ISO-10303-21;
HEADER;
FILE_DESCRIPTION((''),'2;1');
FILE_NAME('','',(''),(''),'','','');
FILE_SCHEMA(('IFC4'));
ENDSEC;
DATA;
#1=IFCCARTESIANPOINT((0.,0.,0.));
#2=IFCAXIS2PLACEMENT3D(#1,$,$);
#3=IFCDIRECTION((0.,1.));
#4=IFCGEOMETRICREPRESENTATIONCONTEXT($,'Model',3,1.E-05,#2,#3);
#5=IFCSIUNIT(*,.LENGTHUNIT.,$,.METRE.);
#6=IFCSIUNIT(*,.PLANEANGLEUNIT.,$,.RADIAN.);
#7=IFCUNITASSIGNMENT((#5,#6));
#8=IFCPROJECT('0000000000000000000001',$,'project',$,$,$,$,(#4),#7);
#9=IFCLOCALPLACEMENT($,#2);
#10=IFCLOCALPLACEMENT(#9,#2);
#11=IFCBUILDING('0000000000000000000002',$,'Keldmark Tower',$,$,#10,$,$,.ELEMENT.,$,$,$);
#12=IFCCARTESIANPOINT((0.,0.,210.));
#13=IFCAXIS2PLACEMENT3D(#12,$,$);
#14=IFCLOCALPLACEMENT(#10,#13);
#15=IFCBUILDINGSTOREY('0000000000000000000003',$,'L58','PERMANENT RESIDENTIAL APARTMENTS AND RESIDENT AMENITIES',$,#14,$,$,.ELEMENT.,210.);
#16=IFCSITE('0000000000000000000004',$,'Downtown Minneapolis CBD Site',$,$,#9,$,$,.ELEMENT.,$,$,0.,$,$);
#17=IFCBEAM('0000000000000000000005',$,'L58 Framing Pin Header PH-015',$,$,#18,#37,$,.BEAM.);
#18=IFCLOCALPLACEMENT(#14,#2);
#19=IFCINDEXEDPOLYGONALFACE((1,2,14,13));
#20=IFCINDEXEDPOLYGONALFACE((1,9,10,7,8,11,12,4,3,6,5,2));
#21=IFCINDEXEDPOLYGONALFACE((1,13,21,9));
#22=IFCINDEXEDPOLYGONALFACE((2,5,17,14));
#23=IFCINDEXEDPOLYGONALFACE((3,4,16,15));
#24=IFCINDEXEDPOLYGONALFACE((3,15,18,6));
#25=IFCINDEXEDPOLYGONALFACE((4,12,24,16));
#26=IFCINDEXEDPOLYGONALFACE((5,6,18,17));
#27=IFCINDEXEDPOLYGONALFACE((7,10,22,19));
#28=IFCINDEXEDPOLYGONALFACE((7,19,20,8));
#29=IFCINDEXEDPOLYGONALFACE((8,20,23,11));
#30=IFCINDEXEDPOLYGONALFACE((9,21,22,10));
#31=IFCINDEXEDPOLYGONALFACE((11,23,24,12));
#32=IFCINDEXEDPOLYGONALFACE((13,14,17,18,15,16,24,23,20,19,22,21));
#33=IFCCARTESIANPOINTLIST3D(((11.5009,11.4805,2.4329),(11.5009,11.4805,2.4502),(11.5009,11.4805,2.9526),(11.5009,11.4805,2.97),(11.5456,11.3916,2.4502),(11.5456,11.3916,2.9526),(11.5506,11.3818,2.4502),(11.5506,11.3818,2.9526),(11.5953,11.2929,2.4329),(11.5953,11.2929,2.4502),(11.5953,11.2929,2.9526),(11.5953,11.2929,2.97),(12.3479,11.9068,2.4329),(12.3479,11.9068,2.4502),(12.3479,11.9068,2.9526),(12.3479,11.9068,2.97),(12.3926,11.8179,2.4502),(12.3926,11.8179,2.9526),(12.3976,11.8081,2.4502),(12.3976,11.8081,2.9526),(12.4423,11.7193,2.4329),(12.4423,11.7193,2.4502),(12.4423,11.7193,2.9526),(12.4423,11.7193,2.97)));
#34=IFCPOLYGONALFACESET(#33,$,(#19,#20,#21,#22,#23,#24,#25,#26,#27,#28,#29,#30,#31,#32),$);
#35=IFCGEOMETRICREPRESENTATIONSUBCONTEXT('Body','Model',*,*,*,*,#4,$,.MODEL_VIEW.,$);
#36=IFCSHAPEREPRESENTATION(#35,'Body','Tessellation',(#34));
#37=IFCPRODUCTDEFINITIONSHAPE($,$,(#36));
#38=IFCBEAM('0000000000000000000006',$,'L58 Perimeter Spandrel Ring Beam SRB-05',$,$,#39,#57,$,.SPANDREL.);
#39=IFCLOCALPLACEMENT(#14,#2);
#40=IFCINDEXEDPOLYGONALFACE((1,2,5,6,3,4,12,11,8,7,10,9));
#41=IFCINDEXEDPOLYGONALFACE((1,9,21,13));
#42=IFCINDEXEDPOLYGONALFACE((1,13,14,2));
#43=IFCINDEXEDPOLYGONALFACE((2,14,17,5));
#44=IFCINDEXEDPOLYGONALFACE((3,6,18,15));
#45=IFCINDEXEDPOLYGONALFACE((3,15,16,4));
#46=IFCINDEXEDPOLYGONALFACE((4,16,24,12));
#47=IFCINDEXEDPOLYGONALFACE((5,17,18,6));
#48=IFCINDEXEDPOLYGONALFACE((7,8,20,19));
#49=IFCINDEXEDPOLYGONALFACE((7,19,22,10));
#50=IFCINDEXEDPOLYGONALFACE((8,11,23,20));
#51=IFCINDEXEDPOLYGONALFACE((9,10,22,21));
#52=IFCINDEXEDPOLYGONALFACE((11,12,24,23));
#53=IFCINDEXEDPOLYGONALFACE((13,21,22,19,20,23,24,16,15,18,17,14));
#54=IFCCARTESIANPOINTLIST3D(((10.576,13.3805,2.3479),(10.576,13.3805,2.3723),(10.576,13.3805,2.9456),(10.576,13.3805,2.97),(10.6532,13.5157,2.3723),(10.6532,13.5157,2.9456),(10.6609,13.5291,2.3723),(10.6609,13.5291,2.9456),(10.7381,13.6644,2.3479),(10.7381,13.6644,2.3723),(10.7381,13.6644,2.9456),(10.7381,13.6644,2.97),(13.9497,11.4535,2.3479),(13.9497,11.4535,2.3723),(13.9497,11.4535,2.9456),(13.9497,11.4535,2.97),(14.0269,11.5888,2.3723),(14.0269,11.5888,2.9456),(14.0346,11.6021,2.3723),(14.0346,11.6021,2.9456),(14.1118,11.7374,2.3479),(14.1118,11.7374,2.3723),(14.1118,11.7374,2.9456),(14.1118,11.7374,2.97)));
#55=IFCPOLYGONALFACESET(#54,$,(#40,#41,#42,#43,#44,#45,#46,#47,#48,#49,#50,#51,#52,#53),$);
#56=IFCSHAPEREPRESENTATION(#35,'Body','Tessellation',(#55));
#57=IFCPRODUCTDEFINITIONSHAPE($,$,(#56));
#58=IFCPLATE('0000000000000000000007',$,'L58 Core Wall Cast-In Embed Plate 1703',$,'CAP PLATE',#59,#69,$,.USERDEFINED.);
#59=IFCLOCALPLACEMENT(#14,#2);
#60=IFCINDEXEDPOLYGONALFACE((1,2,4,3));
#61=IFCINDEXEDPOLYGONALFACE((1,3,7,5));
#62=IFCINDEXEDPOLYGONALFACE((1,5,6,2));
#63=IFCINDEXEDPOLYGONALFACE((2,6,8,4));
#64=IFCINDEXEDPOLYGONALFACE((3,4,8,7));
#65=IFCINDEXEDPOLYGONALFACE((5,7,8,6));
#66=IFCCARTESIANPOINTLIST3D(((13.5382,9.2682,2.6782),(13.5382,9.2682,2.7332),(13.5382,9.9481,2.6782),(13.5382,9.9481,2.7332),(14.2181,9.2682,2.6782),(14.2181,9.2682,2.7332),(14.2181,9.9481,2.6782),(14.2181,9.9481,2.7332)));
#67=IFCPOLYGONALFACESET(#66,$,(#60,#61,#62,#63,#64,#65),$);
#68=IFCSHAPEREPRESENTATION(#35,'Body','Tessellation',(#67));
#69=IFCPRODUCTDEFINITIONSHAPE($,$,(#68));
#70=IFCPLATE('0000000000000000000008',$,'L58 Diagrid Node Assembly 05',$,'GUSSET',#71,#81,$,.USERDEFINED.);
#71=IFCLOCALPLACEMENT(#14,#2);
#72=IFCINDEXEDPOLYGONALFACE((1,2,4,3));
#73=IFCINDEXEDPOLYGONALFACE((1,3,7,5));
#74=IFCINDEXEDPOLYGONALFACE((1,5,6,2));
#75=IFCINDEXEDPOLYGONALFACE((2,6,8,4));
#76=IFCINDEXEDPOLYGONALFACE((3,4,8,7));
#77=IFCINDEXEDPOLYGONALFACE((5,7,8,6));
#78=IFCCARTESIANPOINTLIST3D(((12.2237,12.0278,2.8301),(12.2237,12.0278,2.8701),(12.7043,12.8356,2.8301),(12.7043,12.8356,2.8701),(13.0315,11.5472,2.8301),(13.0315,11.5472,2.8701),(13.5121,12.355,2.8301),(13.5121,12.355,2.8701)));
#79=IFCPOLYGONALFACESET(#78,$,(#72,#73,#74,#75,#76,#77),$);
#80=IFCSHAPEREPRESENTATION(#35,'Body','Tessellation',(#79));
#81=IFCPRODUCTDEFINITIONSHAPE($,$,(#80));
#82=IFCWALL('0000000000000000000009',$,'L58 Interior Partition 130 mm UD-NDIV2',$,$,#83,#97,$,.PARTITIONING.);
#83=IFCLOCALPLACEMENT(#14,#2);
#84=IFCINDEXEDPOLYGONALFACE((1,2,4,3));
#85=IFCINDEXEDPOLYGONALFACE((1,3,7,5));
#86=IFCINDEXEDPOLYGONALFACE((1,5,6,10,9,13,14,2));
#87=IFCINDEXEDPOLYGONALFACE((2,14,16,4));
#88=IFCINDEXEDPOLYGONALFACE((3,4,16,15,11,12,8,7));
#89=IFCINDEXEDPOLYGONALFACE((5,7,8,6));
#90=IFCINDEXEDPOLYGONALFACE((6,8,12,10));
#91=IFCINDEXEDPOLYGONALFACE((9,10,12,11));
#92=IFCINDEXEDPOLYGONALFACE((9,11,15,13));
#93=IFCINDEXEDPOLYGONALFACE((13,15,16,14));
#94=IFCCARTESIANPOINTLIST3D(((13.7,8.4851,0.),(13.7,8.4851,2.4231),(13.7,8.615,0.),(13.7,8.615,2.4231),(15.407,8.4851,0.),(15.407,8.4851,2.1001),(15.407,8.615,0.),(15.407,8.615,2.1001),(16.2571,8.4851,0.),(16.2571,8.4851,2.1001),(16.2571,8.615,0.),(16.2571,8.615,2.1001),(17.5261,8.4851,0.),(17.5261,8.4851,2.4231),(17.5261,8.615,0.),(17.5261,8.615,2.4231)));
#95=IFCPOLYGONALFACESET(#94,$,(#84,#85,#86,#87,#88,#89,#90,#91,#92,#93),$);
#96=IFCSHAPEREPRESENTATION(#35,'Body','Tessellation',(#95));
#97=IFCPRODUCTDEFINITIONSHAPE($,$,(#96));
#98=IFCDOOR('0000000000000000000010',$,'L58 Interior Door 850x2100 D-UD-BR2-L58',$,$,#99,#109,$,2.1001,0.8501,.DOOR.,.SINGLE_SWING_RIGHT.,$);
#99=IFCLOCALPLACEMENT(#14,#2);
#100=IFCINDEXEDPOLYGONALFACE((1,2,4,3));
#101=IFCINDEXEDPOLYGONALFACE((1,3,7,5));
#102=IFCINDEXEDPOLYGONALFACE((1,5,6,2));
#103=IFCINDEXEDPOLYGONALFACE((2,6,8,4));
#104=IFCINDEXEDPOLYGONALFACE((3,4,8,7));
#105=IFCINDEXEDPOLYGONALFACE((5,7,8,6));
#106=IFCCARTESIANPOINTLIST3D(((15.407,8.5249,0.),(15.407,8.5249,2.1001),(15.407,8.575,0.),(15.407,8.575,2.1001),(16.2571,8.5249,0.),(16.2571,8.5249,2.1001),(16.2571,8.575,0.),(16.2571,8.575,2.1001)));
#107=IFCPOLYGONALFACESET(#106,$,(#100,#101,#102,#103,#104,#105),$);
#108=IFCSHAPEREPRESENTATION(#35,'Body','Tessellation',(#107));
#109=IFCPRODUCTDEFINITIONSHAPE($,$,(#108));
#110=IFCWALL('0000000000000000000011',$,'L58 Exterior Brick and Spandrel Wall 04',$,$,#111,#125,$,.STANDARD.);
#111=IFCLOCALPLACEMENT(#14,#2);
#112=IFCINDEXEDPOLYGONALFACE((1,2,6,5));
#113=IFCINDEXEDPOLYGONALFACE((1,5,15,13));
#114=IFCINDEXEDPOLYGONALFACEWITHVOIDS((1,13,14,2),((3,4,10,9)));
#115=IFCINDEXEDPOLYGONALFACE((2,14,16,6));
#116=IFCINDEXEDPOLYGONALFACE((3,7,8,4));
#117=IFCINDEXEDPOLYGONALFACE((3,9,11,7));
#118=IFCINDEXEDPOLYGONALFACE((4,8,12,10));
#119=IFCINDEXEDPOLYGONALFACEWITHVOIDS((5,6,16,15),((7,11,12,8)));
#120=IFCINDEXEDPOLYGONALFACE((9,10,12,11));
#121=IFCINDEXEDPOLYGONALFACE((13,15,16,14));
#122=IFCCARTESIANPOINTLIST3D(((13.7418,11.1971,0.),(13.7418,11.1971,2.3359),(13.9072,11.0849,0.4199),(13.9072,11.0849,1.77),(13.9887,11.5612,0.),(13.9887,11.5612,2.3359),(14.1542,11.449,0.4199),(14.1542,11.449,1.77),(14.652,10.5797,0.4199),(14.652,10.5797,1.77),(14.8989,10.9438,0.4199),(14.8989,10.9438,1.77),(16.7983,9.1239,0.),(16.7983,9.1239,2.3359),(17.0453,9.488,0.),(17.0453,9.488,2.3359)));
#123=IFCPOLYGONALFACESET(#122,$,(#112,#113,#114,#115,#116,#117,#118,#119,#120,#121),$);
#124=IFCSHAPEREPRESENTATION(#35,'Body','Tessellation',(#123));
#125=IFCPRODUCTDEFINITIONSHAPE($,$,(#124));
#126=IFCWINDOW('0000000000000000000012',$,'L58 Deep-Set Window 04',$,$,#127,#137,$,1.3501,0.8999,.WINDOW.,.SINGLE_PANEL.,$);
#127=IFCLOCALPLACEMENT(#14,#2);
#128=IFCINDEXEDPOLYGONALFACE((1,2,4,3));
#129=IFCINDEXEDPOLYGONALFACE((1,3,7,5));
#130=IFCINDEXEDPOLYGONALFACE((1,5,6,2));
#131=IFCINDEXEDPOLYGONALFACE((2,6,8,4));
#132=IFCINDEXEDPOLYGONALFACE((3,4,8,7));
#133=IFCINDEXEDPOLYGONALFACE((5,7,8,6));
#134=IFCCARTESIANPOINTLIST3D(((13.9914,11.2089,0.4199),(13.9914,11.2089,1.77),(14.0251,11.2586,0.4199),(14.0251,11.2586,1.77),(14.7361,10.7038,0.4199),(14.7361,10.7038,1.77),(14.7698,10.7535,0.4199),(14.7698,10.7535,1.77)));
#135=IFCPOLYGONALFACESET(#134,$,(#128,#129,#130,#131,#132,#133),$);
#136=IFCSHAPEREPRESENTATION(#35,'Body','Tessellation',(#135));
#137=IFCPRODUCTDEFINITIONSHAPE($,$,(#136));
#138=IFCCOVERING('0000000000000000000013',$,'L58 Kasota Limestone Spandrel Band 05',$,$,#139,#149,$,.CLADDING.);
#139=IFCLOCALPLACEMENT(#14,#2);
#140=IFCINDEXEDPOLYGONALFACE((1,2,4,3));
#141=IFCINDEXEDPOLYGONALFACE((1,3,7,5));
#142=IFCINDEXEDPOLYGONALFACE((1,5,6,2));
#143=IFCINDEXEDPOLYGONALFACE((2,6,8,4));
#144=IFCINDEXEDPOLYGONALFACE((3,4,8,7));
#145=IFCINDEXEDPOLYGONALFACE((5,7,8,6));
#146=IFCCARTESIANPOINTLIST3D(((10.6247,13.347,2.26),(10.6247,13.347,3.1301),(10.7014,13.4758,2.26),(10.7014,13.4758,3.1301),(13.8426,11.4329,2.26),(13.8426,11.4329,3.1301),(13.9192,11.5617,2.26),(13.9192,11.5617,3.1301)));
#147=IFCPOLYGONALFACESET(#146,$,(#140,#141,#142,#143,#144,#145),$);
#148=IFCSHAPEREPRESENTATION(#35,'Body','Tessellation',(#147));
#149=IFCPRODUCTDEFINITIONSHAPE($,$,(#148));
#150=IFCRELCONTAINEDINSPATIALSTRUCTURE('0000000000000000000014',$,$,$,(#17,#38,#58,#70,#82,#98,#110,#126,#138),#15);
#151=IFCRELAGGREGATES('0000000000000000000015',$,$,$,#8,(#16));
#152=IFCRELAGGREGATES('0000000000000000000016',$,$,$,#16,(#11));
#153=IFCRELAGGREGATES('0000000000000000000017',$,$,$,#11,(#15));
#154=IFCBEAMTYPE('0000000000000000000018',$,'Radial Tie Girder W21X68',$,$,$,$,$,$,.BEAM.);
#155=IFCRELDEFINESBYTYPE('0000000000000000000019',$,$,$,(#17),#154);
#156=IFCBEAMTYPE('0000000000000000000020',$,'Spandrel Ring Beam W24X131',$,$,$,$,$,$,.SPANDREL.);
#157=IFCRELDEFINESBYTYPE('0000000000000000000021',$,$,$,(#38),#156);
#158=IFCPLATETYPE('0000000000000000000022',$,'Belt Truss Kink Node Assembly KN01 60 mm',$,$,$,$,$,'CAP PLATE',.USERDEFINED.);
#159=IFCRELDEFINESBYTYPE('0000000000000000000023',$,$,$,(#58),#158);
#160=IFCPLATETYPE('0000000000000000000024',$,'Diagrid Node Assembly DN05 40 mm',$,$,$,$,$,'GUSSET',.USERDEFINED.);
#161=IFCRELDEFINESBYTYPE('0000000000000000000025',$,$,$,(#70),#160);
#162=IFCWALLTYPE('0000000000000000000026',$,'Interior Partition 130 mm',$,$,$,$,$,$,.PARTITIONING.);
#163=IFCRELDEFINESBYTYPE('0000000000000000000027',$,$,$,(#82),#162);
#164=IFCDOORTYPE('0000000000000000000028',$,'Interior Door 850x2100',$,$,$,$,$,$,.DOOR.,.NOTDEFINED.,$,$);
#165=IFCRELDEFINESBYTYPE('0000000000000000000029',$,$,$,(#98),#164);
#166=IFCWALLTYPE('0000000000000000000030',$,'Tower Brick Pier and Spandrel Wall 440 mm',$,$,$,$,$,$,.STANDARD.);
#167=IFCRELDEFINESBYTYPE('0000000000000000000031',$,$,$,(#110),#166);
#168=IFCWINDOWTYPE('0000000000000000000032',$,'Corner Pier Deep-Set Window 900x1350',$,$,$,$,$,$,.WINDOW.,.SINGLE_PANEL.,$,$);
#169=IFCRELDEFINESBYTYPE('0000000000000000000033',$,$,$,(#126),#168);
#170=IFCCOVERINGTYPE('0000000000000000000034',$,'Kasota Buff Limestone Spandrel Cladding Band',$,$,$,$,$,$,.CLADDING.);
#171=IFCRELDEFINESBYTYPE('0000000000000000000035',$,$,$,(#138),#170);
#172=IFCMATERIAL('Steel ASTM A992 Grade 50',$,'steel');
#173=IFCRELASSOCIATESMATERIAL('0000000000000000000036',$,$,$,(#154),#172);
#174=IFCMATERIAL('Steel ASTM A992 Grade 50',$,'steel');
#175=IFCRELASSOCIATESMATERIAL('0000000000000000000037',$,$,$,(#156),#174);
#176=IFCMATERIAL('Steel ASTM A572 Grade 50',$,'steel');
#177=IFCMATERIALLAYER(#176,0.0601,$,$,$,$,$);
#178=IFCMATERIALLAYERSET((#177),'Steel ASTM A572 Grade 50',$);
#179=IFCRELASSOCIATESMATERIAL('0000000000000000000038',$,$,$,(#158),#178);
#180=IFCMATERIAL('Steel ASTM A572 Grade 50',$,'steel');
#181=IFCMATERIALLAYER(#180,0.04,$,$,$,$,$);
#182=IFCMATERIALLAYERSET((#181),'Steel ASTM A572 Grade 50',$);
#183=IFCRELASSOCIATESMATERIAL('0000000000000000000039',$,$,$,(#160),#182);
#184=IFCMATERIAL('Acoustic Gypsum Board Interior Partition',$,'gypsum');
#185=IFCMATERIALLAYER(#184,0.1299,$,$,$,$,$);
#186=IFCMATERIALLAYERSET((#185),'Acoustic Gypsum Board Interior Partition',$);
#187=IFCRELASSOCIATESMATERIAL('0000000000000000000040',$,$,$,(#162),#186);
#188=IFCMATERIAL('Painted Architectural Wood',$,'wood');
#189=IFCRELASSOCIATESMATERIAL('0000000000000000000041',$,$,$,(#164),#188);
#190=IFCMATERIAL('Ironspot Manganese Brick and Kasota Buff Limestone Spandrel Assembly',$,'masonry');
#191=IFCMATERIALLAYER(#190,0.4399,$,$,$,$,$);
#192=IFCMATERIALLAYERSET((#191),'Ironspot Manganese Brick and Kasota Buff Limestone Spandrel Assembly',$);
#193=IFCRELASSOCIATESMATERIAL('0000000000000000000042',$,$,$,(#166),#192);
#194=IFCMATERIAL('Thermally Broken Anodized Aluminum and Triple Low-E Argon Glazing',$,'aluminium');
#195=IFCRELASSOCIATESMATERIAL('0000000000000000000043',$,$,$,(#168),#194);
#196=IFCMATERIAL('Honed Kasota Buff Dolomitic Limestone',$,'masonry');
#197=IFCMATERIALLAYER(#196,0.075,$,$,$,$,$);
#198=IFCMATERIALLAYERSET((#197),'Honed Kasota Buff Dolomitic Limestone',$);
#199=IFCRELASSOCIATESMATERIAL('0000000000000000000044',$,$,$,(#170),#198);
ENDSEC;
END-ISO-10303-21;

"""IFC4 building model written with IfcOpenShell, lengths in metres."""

from ifc_helpers import new_model, si_unit, direction, frame, frame_2d, origin, origin_2d, place, context, subcontext, project, spatial, rectangle, i_section, extrude, material, layer, layer_set, material_profile, profile_set, type_object, element, fill, save


model = new_model("IFC4")

# Units and contexts
model_context = context("Model", 3, precision=1e-05, world=origin(), true_north=direction((0.0, 1.0)))
body_context = subcontext(model_context, "Body", "Model", "MODEL_VIEW")
ifc_project = project(units=[si_unit("LENGTHUNIT", "METRE"), si_unit("PLANEANGLEUNIT", "RADIAN")], contexts=[model_context])

# Site, building, storey
site_placement = place(None, origin())
site = spatial("IfcSite", under=ifc_project, at=site_placement, Name="Downtown Minneapolis CBD Site", CompositionType="ELEMENT", RefElevation=0.0)
building_placement = place(site_placement, origin())
building = spatial("IfcBuilding", under=site, at=building_placement, Name="Keldmark Tower", CompositionType="ELEMENT")
storey_placement = place(building_placement, frame((0.0, 0.0, 210.0)))
storey = spatial("IfcBuildingStorey", under=building, at=storey_placement, Name="L58", Description="PERMANENT RESIDENTIAL APARTMENTS AND RESIDENT AMENITIES", CompositionType="ELEMENT", Elevation=210.0)

# Beams
ifc_material_1 = material(Name="Steel ASTM A992 Grade 50", Category="steel")
ifc_material_profile_1 = material_profile(ifc_material_1, i_section(OverallWidth=0.21, OverallDepth=0.5371, WebThickness=0.011, FlangeThickness=0.0173, at=origin_2d()), Name="W21X68")
ifc_profile_set_1 = profile_set([ifc_material_profile_1], Name="Steel ASTM A992 Grade 50")
beam_type_1 = type_object("IfcBeamType", Name="Radial Tie Girder W21X68", PredefinedType="BEAM", material=ifc_profile_set_1)
beam_1_placement = place(storey_placement, frame((11.5481, 11.3867, 2.7014), z_axis=(0.89324, 0.449581, 0.0), x_axis=(-0.449581, 0.89324, 0.0)))
element("IfcBeam", 1, at=beam_1_placement, inside=storey, type_object=beam_type_1, Name="L58 Framing Pin Header PH-015", PredefinedType="BEAM", context=body_context, shape_type="SweptSolid", body=[
    extrude(i_section(OverallWidth=0.21, OverallDepth=0.5371, WebThickness=0.011, FlangeThickness=0.0173, at=origin_2d()), origin(), (0.0, 0.0, 1.0), 0.9482),
])
ifc_material_2 = material(Name="Steel ASTM A992 Grade 50", Category="steel")
ifc_material_profile_2 = material_profile(ifc_material_2, i_section(OverallWidth=0.3269, OverallDepth=0.6221, WebThickness=0.0154, FlangeThickness=0.0244, at=origin_2d()), Name="W24X131")
ifc_profile_set_2 = profile_set([ifc_material_profile_2], Name="Steel ASTM A992 Grade 50")
beam_type_2 = type_object("IfcBeamType", Name="Spandrel Ring Beam W24X131", PredefinedType="SPANDREL", material=ifc_profile_set_2)
beam_2_placement = place(storey_placement, frame((14.0308, 11.5955, 2.6589), z_axis=(-0.86834, 0.49597, 0.0), x_axis=(-0.49597, -0.86834, 0.0)))
element("IfcBeam", 2, at=beam_2_placement, inside=storey, type_object=beam_type_2, Name="L58 Perimeter Spandrel Ring Beam SRB-05", PredefinedType="SPANDREL", context=body_context, shape_type="SweptSolid", body=[
    extrude(i_section(OverallWidth=0.3269, OverallDepth=0.6221, WebThickness=0.0154, FlangeThickness=0.0244, at=origin_2d()), origin(), (0.0, 0.0, 1.0), 3.8853),
])

# Plates
ifc_material_3 = material(Name="Steel ASTM A572 Grade 50", Category="steel")
ifc_layer_1 = layer(ifc_material_3, 0.0601)
ifc_layer_set_1 = layer_set([ifc_layer_1], Name="Steel ASTM A572 Grade 50")
plate_type_1 = type_object("IfcPlateType", Name="Belt Truss Kink Node Assembly KN01 60 mm", ElementType="CAP PLATE", PredefinedType="USERDEFINED", material=ifc_layer_set_1)
plate_1_placement = place(storey_placement, frame((13.8782, 9.6082, 2.6782), z_axis=(0.0, 0.0, 1.0), x_axis=(1.0, 0.0, 0.0)))
element("IfcPlate", 3, at=plate_1_placement, inside=storey, type_object=plate_type_1, Name="L58 Core Wall Cast-In Embed Plate 1703", ObjectType="CAP PLATE", PredefinedType="USERDEFINED", context=body_context, shape_type="SweptSolid", body=[
    extrude(rectangle(XDim=0.6799, YDim=0.6799, at=origin_2d()), origin(), (0.0, 0.0, 1.0), 0.0549),
])
ifc_material_4 = material(Name="Steel ASTM A572 Grade 50", Category="steel")
ifc_layer_2 = layer(ifc_material_4, 0.04)
ifc_layer_set_2 = layer_set([ifc_layer_2], Name="Steel ASTM A572 Grade 50")
plate_type_2 = type_object("IfcPlateType", Name="Diagrid Node Assembly DN05 40 mm", ElementType="GUSSET", PredefinedType="USERDEFINED", material=ifc_layer_set_2)
plate_2_placement = place(storey_placement, frame((12.8679, 12.1914, 2.8301), z_axis=(0.0, 0.0, 1.0), x_axis=(-0.859406, 0.511293, 0.0)))
element("IfcPlate", 4, at=plate_2_placement, inside=storey, type_object=plate_type_2, Name="L58 Diagrid Node Assembly 05", ObjectType="GUSSET", PredefinedType="USERDEFINED", context=body_context, shape_type="SweptSolid", body=[
    extrude(rectangle(XDim=0.9399, YDim=0.9399, at=origin_2d()), origin(), (0.0, 0.0, 1.0), 0.04),
])

# Wall, opening, door
ifc_material_5 = material(Name="Acoustic Gypsum Board Interior Partition", Category="gypsum")
ifc_layer_3 = layer(ifc_material_5, 0.1299)
ifc_layer_set_3 = layer_set([ifc_layer_3], Name="Acoustic Gypsum Board Interior Partition")
wall_type_1 = type_object("IfcWallType", Name="Interior Partition 130 mm", PredefinedType="PARTITIONING", material=ifc_layer_set_3)
wall_1_placement = place(storey_placement, frame((13.7, 8.55, 0.0), z_axis=(0.0, 0.0, 1.0), x_axis=(1.0, 0.0, 0.0)))
wall_1 = element("IfcWall", 5, at=wall_1_placement, inside=storey, type_object=wall_type_1, Name="L58 Interior Partition 130 mm UD-NDIV2", PredefinedType="PARTITIONING", context=body_context, shape_type="SweptSolid", body=[
    extrude(rectangle(XDim=3.8262, YDim=0.1299, at=frame_2d((1.9131, 0.0))), origin(), (0.0, 0.0, 1.0), 2.4231),
])
opening_1_placement = place(wall_1_placement, frame((1.707, 0.0, 0.0)))
opening_1 = element("IfcOpeningElement", 6, at=opening_1_placement, cuts=wall_1, PredefinedType="OPENING", context=body_context, shape_type="SweptSolid", body=[
    extrude(rectangle(XDim=0.8501, YDim=2.1001, at=frame_2d((0.425, 1.05))), frame((0.0, 0.075, 0.0), z_axis=(0.0, -1.0, 0.0), x_axis=(1.0, 0.0, 0.0)), (0.0, 0.0, 1.0), 0.1499),
])
ifc_material_6 = material(Name="Painted Architectural Wood", Category="wood")
door_type = type_object("IfcDoorType", Name="Interior Door 850x2100", OperationType="NOTDEFINED", PredefinedType="DOOR", material=ifc_material_6)
door_placement = place(opening_1_placement, origin())
door = element("IfcDoor", 7, at=door_placement, inside=storey, type_object=door_type, Name="L58 Interior Door 850x2100 D-UD-BR2-L58", OperationType="SINGLE_SWING_RIGHT", OverallHeight=2.1001, OverallWidth=0.8501, PredefinedType="DOOR", context=body_context, shape_type="SweptSolid", body=[
    extrude(rectangle(XDim=0.8501, YDim=2.1001, at=frame_2d((0.425, 1.05))), frame((0.0, 0.0249, 0.0), z_axis=(0.0, -1.0, 0.0), x_axis=(1.0, 0.0, 0.0)), (0.0, 0.0, 1.0), 0.05),
])
fill(opening_1, door)

# Wall, opening, window
ifc_material_7 = material(Name="Ironspot Manganese Brick and Kasota Buff Limestone Spandrel Assembly", Category="masonry")
ifc_layer_4 = layer(ifc_material_7, 0.4399)
ifc_layer_set_4 = layer_set([ifc_layer_4], Name="Ironspot Manganese Brick and Kasota Buff Limestone Spandrel Assembly")
wall_type_2 = type_object("IfcWallType", Name="Tower Brick Pier and Spandrel Wall 440 mm", PredefinedType="STANDARD", material=ifc_layer_set_4)
wall_2_placement = place(storey_placement, frame((13.8652, 11.3792, 0.0), z_axis=(0.0, 0.0, 1.0), x_axis=(0.82759, -0.561333, 0.0)))
wall_2 = element("IfcWall", 8, at=wall_2_placement, inside=storey, type_object=wall_type_2, Name="L58 Exterior Brick and Spandrel Wall 04", PredefinedType="STANDARD", context=body_context, shape_type="SweptSolid", body=[
    extrude(rectangle(XDim=3.6934, YDim=0.4399, at=frame_2d((1.8467, 0.0))), origin(), (0.0, 0.0, 1.0), 2.3359),
])
opening_2_placement = place(wall_2_placement, frame((0.2, 0.0, 0.4199)))
opening_2 = element("IfcOpeningElement", 9, at=opening_2_placement, cuts=wall_2, PredefinedType="OPENING", context=body_context, shape_type="SweptSolid", body=[
    extrude(rectangle(XDim=0.8999, YDim=1.3501, at=frame_2d((0.45, 0.675))), frame((0.0, 0.23, 0.0), z_axis=(0.0, -1.0, 0.0), x_axis=(1.0, 0.0, 0.0)), (0.0, 0.0, 1.0), 0.46),
])
ifc_material_8 = material(Name="Thermally Broken Anodized Aluminum and Triple Low-E Argon Glazing", Category="aluminium")
window_type = type_object("IfcWindowType", Name="Corner Pier Deep-Set Window 900x1350", PartitioningType="SINGLE_PANEL", PredefinedType="WINDOW", material=ifc_material_8)
window_placement = place(opening_2_placement, origin())
window = element("IfcWindow", 10, at=window_placement, inside=storey, type_object=window_type, Name="L58 Deep-Set Window 04", OverallHeight=1.3501, OverallWidth=0.8999, PartitioningType="SINGLE_PANEL", PredefinedType="WINDOW", context=body_context, shape_type="SweptSolid", body=[
    extrude(rectangle(XDim=0.8999, YDim=1.3501, at=frame_2d((0.45, 0.675))), frame((0.0, -0.01, 0.0), z_axis=(0.0, -1.0, 0.0), x_axis=(1.0, 0.0, 0.0)), (0.0, 0.0, 1.0), 0.0601),
])
fill(opening_2, window)

# Covering
ifc_material_9 = material(Name="Honed Kasota Buff Dolomitic Limestone", Category="masonry")
ifc_layer_5 = layer(ifc_material_9, 0.075)
ifc_layer_set_5 = layer_set([ifc_layer_5], Name="Honed Kasota Buff Dolomitic Limestone")
covering_type = type_object("IfcCoveringType", Name="Kasota Buff Limestone Spandrel Cladding Band", PredefinedType="CLADDING", material=ifc_layer_set_5)
covering_placement = place(storey_placement, frame((12.272, 12.4543, 2.26), z_axis=(0.0, 0.0, 1.0), x_axis=(-0.859442, 0.511233, 0.0)))
element("IfcCovering", 11, at=covering_placement, inside=storey, type_object=covering_type, Name="L58 Kasota Limestone Spandrel Band 05", PredefinedType="CLADDING", context=body_context, shape_type="SweptSolid", body=[
    extrude(rectangle(XDim=3.7441, YDim=0.1499, at=origin_2d()), origin(), (0.0, 0.0, 1.0), 0.8701),
])

save(model, "model.ifc")
